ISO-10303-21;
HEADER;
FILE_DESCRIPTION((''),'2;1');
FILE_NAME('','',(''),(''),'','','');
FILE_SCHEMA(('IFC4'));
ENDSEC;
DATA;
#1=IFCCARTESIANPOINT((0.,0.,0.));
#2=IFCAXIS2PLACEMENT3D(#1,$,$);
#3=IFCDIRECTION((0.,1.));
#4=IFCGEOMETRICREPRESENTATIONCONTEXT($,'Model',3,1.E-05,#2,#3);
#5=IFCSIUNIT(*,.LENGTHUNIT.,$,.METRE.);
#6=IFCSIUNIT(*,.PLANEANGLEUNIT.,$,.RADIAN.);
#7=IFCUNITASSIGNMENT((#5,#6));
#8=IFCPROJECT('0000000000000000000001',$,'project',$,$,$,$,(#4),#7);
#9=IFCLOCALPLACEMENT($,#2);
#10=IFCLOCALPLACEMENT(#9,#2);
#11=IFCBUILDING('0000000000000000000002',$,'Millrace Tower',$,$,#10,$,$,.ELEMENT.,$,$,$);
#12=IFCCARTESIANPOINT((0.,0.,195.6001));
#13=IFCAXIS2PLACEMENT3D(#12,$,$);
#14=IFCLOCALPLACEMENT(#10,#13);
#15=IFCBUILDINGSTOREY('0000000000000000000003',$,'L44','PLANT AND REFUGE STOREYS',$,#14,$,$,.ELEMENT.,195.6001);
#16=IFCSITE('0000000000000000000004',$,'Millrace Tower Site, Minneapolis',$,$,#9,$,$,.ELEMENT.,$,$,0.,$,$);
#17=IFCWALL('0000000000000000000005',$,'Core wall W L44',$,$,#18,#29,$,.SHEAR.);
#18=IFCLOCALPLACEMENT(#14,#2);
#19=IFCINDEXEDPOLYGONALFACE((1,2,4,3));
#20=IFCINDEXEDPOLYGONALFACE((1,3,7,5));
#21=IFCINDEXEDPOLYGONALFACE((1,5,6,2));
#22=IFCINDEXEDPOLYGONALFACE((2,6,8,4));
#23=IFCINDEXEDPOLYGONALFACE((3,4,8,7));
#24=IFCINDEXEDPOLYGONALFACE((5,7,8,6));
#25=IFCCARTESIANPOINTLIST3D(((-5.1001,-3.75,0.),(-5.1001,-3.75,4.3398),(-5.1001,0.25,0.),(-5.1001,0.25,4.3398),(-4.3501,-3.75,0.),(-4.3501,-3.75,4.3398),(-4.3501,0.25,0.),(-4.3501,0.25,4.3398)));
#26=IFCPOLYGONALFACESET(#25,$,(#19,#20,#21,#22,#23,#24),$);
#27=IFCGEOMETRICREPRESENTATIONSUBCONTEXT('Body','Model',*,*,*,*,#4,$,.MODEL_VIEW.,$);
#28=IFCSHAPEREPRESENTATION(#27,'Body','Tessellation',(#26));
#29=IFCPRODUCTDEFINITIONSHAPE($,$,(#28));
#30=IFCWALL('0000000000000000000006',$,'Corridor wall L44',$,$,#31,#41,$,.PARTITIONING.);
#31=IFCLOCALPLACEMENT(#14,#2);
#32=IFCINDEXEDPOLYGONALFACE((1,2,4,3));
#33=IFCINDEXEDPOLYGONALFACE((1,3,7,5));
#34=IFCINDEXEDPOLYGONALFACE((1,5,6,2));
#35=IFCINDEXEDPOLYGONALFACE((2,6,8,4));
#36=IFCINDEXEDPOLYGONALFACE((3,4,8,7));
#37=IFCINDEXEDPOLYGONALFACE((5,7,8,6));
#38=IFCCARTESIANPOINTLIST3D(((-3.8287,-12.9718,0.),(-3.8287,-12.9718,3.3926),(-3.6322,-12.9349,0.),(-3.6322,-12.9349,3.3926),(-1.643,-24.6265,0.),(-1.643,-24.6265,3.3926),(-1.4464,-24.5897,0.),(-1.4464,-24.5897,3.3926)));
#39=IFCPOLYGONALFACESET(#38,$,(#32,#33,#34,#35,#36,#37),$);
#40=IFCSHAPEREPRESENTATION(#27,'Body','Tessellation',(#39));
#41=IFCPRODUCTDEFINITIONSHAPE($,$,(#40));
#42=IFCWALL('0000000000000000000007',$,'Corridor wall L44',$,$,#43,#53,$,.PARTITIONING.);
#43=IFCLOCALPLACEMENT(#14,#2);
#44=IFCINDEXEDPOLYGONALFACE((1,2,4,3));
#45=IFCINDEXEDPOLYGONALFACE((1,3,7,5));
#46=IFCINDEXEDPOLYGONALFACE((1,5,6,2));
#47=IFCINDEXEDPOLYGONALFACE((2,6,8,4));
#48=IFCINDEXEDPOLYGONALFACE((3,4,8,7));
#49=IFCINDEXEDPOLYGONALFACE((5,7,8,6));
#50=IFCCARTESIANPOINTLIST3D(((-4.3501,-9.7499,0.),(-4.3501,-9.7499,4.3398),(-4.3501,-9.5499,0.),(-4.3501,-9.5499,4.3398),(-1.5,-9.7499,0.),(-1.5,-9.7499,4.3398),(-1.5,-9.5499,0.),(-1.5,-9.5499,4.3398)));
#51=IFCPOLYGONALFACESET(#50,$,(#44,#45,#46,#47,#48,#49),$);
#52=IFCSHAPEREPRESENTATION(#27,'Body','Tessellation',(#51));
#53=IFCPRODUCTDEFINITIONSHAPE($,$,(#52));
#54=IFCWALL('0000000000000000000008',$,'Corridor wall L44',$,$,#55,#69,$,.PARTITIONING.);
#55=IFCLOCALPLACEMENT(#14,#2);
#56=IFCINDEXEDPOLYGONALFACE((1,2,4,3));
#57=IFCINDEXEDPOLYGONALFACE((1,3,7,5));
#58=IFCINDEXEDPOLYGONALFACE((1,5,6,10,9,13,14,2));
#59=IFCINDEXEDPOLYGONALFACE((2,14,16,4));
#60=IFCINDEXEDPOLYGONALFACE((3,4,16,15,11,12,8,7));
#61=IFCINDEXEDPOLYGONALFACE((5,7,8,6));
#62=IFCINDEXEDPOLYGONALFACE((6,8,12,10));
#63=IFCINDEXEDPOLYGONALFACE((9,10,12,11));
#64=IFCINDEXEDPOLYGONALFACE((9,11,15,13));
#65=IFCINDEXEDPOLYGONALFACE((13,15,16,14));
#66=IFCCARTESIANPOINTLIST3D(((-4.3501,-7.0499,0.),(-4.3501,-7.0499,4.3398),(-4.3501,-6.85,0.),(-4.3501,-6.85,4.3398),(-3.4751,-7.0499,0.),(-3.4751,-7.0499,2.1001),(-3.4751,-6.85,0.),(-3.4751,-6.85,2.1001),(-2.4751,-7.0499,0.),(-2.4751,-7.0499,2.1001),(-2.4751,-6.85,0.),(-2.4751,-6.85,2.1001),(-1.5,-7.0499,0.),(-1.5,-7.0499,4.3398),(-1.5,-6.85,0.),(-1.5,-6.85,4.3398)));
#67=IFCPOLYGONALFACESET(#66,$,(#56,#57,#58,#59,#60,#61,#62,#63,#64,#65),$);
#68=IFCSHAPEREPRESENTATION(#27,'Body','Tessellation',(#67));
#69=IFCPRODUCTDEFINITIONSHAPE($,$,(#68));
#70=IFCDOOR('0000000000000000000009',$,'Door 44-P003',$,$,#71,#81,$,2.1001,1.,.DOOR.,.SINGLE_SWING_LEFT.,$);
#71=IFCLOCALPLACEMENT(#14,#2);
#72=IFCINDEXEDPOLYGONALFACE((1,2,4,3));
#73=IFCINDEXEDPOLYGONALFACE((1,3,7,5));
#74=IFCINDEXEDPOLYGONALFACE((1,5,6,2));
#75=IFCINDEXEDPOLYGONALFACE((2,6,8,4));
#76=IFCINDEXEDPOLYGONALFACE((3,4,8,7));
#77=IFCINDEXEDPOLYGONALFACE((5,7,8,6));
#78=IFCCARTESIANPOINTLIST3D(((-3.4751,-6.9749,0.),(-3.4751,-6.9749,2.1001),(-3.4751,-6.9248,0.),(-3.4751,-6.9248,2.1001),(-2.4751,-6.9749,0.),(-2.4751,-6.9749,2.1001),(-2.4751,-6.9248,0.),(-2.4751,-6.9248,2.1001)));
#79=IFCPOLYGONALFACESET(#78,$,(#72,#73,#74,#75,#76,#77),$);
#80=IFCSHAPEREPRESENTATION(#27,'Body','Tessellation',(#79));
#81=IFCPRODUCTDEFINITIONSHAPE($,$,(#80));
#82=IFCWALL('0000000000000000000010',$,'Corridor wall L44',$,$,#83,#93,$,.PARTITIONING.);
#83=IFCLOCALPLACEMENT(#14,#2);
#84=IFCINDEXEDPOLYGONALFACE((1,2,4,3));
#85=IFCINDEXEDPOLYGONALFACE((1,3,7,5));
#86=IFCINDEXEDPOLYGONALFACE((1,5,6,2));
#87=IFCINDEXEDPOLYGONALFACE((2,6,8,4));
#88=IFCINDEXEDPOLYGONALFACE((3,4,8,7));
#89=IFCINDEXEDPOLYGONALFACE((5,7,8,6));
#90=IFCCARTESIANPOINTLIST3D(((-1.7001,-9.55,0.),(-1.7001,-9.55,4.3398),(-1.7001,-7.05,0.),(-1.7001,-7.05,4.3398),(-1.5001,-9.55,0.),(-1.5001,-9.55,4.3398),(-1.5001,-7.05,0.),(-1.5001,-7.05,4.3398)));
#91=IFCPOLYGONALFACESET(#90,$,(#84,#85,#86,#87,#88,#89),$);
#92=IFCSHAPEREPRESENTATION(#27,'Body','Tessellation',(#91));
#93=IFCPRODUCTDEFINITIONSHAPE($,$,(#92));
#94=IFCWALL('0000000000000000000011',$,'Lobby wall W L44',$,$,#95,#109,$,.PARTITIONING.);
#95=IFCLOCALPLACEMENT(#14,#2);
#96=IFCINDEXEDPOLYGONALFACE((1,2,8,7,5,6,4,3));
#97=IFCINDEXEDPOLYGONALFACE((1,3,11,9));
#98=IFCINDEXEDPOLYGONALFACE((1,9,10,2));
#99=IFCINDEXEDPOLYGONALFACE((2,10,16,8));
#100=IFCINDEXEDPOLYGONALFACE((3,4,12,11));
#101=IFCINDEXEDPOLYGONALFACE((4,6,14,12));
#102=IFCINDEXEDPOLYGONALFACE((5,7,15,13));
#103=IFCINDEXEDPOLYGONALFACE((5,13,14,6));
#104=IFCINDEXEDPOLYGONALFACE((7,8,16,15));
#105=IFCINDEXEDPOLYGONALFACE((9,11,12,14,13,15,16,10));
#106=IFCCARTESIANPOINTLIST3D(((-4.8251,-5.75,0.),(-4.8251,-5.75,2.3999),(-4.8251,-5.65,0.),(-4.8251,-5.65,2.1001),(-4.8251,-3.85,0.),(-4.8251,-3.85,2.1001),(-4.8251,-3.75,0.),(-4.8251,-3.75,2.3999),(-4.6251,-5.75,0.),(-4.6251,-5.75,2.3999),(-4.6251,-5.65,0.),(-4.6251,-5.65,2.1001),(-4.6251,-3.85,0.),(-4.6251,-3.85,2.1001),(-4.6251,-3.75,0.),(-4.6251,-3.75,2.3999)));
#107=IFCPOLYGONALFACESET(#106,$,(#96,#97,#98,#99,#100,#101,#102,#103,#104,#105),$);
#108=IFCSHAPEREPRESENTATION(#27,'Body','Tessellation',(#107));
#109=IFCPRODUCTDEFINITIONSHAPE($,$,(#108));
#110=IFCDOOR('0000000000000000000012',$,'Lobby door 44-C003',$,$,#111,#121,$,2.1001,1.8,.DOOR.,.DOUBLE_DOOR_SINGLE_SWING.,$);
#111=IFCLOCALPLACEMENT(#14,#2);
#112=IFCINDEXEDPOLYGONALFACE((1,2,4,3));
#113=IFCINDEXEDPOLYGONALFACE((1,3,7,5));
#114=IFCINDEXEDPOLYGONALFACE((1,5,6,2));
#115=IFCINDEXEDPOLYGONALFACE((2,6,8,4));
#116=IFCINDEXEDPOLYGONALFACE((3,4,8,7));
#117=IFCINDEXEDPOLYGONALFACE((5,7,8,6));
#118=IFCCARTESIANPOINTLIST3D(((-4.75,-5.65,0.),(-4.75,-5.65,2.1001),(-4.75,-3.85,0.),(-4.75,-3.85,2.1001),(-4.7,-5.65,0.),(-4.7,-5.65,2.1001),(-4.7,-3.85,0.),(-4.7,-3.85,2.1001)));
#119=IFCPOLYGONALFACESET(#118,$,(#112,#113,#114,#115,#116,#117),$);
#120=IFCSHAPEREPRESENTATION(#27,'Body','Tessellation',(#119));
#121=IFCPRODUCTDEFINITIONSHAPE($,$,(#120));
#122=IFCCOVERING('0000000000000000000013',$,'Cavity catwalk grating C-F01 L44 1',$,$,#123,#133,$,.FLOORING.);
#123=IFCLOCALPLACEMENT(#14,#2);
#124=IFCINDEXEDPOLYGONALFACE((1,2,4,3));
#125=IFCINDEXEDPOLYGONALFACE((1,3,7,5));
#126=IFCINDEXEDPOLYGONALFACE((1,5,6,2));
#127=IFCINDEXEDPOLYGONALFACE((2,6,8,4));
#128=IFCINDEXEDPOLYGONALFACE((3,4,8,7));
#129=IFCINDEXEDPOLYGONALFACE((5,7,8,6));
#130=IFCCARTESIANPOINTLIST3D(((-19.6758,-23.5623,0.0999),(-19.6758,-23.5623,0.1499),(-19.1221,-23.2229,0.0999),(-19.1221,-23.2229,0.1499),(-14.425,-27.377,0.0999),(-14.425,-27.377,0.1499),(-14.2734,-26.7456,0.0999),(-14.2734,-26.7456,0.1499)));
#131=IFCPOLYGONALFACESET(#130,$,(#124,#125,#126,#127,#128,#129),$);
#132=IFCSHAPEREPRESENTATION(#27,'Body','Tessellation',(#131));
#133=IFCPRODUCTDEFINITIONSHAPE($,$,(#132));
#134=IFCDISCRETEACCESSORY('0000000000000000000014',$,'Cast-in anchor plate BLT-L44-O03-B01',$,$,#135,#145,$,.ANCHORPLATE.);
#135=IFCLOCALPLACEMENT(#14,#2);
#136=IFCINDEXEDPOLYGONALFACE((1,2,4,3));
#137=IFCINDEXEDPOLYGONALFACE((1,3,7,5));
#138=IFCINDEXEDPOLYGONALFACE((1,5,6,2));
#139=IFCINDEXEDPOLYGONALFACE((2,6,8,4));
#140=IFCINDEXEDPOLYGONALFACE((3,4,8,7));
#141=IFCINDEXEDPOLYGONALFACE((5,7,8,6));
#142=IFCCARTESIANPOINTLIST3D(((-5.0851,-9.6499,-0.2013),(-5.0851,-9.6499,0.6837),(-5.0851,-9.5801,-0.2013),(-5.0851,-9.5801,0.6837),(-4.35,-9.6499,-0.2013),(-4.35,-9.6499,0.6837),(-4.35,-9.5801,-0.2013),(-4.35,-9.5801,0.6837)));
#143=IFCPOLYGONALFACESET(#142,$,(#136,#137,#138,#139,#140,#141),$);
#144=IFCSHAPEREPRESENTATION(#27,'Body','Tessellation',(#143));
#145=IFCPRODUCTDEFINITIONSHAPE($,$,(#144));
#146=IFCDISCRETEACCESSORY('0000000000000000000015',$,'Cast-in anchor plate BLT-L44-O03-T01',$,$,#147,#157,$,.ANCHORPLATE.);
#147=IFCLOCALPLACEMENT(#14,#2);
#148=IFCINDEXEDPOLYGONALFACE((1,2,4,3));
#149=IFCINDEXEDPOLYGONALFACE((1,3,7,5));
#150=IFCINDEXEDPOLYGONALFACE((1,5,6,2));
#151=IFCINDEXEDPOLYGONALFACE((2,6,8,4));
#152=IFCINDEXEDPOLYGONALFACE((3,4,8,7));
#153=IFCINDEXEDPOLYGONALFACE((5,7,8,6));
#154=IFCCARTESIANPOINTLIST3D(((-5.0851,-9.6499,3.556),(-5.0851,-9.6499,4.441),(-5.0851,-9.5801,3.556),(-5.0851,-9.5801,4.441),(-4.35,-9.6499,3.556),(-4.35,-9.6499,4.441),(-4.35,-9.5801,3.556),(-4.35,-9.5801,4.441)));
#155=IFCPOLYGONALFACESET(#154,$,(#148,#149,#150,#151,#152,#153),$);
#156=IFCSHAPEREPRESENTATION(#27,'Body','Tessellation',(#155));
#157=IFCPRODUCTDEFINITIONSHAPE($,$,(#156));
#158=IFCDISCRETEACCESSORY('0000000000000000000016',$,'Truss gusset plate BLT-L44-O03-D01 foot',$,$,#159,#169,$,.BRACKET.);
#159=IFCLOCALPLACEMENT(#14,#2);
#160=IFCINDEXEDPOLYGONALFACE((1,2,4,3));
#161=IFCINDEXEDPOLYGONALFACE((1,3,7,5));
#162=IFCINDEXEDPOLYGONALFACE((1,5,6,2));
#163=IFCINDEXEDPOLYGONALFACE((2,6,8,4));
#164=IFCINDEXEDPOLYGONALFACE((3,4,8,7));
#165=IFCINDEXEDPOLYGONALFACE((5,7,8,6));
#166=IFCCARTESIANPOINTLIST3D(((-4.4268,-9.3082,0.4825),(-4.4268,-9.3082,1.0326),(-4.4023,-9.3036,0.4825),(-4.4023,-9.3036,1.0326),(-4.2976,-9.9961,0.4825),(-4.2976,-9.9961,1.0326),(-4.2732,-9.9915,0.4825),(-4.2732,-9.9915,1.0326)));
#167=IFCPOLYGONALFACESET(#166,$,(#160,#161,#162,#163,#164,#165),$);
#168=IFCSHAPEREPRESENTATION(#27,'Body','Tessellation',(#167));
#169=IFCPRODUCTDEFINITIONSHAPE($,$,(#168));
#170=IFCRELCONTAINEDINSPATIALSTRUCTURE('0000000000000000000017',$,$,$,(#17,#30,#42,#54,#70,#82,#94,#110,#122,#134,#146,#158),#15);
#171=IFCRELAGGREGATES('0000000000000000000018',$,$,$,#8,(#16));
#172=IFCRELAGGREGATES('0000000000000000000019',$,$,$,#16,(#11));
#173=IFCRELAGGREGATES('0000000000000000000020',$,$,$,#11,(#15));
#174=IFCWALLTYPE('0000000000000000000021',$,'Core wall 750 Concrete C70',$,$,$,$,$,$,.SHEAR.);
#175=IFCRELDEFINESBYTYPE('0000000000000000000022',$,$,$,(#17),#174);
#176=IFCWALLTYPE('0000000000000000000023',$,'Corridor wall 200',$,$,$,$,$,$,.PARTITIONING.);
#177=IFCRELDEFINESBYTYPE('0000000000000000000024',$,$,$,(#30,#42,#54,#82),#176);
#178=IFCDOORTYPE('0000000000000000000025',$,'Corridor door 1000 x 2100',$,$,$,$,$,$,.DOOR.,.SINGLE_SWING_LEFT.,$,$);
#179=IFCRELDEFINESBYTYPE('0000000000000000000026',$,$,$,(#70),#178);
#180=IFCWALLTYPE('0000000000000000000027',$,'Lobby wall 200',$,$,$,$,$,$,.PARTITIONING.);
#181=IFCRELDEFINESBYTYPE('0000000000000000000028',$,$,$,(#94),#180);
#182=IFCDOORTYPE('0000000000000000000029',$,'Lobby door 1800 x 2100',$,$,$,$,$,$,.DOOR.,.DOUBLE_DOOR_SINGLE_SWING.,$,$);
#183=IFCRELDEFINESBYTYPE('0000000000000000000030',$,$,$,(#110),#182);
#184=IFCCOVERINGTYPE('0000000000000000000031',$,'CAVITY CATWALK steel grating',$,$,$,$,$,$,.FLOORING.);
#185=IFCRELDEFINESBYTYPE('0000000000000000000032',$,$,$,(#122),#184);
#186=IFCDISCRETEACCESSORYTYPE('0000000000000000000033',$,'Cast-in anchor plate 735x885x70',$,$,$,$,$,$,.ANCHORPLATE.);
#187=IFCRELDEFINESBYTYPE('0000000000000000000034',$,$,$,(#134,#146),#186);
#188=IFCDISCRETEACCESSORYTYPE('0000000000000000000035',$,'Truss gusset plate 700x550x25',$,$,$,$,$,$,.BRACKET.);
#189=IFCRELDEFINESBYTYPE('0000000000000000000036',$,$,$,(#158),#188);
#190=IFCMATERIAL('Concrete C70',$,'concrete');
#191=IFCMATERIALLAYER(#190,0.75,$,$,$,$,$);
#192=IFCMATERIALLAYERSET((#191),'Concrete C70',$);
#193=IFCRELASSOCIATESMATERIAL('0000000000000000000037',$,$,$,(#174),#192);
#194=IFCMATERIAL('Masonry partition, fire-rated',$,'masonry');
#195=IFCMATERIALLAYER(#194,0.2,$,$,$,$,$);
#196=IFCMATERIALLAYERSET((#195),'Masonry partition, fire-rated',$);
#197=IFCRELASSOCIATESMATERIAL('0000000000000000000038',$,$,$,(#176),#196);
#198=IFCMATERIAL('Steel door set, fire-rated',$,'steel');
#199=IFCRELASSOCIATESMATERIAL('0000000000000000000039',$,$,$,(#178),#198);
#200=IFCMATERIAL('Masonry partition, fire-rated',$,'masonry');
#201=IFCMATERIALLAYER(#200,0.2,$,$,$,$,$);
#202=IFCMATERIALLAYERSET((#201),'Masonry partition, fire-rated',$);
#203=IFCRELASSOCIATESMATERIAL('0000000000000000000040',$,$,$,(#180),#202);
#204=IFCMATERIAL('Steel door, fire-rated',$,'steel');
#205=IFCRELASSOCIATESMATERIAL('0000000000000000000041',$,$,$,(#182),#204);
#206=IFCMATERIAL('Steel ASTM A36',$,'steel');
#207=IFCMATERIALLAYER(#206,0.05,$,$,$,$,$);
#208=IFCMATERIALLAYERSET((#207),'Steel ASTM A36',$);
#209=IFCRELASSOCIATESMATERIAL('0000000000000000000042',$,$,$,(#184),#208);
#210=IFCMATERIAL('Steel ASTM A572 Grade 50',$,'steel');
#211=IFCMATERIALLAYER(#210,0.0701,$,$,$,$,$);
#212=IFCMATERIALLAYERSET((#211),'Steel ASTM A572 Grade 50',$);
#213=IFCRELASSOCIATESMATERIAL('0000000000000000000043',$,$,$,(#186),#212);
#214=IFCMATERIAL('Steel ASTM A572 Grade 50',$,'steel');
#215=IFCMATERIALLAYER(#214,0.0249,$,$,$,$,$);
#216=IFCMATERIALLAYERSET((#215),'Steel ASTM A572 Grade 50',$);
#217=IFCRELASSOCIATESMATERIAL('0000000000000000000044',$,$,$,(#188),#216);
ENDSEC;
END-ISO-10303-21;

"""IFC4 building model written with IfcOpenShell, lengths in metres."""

from ifc_helpers import new_model, si_unit, direction, frame, frame_2d, origin, origin_2d, place, context, subcontext, project, spatial, polyline, rectangle, outline, extrude, material, layer, layer_set, type_object, element, fill, save


model = new_model("IFC4")

# Units and contexts
model_context = context("Model", 3, precision=1e-05, world=origin(), true_north=direction((0.0, 1.0)))
body_context = subcontext(model_context, "Body", "Model", "MODEL_VIEW")
ifc_project = project(units=[si_unit("LENGTHUNIT", "METRE"), si_unit("PLANEANGLEUNIT", "RADIAN")], contexts=[model_context])

# Site, building, storey
site_placement = place(None, origin())
site = spatial("IfcSite", under=ifc_project, at=site_placement, Name="Millrace Tower Site, Minneapolis", CompositionType="ELEMENT", RefElevation=0.0)
building_placement = place(site_placement, origin())
building = spatial("IfcBuilding", under=site, at=building_placement, Name="Millrace Tower", CompositionType="ELEMENT")
storey_placement = place(building_placement, frame((0.0, 0.0, 195.6001)))
storey = spatial("IfcBuildingStorey", under=building, at=storey_placement, Name="L44", Description="PLANT AND REFUGE STOREYS", CompositionType="ELEMENT", Elevation=195.6001)

# Walls
ifc_material_1 = material(Name="Concrete C70", Category="concrete")
ifc_layer_1 = layer(ifc_material_1, 0.75)
ifc_layer_set_1 = layer_set([ifc_layer_1], Name="Concrete C70")
wall_type_1 = type_object("IfcWallType", Name="Core wall 750 Concrete C70", PredefinedType="SHEAR", material=ifc_layer_set_1)
wall_1_placement = place(storey_placement, frame((-4.7251, -3.75, 0.0), z_axis=(0.0, 0.0, 1.0), x_axis=(0.0, 1.0, 0.0)))
element("IfcWall", 1, at=wall_1_placement, inside=storey, type_object=wall_type_1, Name="Core wall W L44", PredefinedType="SHEAR", context=body_context, shape_type="SweptSolid", body=[
    extrude(rectangle(XDim=4.0, YDim=0.75, at=frame_2d((2.0, 0.0))), origin(), (0.0, 0.0, 1.0), 4.3398),
])
ifc_material_2 = material(Name="Masonry partition, fire-rated", Category="masonry")
ifc_layer_2 = layer(ifc_material_2, 0.2)
ifc_layer_set_2 = layer_set([ifc_layer_2], Name="Masonry partition, fire-rated")
wall_type_2 = type_object("IfcWallType", Name="Corridor wall 200", PredefinedType="PARTITIONING", material=ifc_layer_set_2)
wall_2_placement = place(storey_placement, frame((-3.7305, -12.9534, 0.0), z_axis=(0.0, 0.0, 1.0), x_axis=(0.184331, -0.982864, 0.0)))
element("IfcWall", 2, at=wall_2_placement, inside=storey, type_object=wall_type_2, Name="Corridor wall L44", PredefinedType="PARTITIONING", context=body_context, shape_type="SweptSolid", body=[
    extrude(rectangle(XDim=11.8579, YDim=0.2, at=frame_2d((5.929, 0.0))), origin(), (0.0, 0.0, 1.0), 3.3926),
])
wall_3_placement = place(storey_placement, frame((-4.3501, -9.6499, 0.0), z_axis=(0.0, 0.0, 1.0), x_axis=(1.0, 0.0, 0.0)))
element("IfcWall", 3, at=wall_3_placement, inside=storey, type_object=wall_type_2, Name="Corridor wall L44", PredefinedType="PARTITIONING", context=body_context, shape_type="SweptSolid", body=[
    extrude(rectangle(XDim=2.8501, YDim=0.2, at=frame_2d((1.425, 0.0))), origin(), (0.0, 0.0, 1.0), 4.3398),
])

# Wall, opening, door
wall_4_placement = place(storey_placement, frame((-4.3501, -6.95, 0.0), z_axis=(0.0, 0.0, 1.0), x_axis=(1.0, 0.0, 0.0)))
wall_4 = element("IfcWall", 4, at=wall_4_placement, inside=storey, type_object=wall_type_2, Name="Corridor wall L44", PredefinedType="PARTITIONING", context=body_context, shape_type="SweptSolid", body=[
    extrude(rectangle(XDim=2.8501, YDim=0.2, at=frame_2d((1.425, 0.0))), origin(), (0.0, 0.0, 1.0), 4.3398),
])
opening_1_placement = place(wall_4_placement, frame((0.875, 0.0, 0.0)))
opening_1 = element("IfcOpeningElement", 5, at=opening_1_placement, cuts=wall_4, PredefinedType="OPENING", context=body_context, shape_type="SweptSolid", body=[
    extrude(rectangle(XDim=1.0, YDim=2.1001, at=frame_2d((0.5, 1.05))), frame((0.0, 0.1099, 0.0), z_axis=(0.0, -1.0, 0.0), x_axis=(1.0, 0.0, 0.0)), (0.0, 0.0, 1.0), 0.22),
])
ifc_material_3 = material(Name="Steel door set, fire-rated", Category="steel")
door_type_1 = type_object("IfcDoorType", Name="Corridor door 1000 x 2100", OperationType="SINGLE_SWING_LEFT", PredefinedType="DOOR", material=ifc_material_3)
door_1_placement = place(opening_1_placement, frame((1.0, 0.0, 0.0), z_axis=(0.0, 0.0, 1.0), x_axis=(-1.0, 0.0, 0.0)))
door_1 = element("IfcDoor", 6, at=door_1_placement, inside=storey, type_object=door_type_1, Name="Door 44-P003", OperationType="SINGLE_SWING_LEFT", OverallHeight=2.1001, OverallWidth=1.0, PredefinedType="DOOR", context=body_context, shape_type="SweptSolid", body=[
    extrude(rectangle(XDim=1.0, YDim=2.1001, at=frame_2d((0.5, 1.05))), frame((0.0, 0.0249, 0.0), z_axis=(0.0, -1.0, 0.0), x_axis=(1.0, 0.0, 0.0)), (0.0, 0.0, 1.0), 0.05),
])
fill(opening_1, door_1)

# Wall
wall_5_placement = place(storey_placement, frame((-1.6001, -9.55, 0.0), z_axis=(0.0, 0.0, 1.0), x_axis=(0.0, 1.0, 0.0)))
element("IfcWall", 7, at=wall_5_placement, inside=storey, type_object=wall_type_2, Name="Corridor wall L44", PredefinedType="PARTITIONING", context=body_context, shape_type="SweptSolid", body=[
    extrude(rectangle(XDim=2.5, YDim=0.2, at=frame_2d((1.25, 0.0))), origin(), (0.0, 0.0, 1.0), 4.3398),
])

# Wall, opening, door
ifc_material_4 = material(Name="Masonry partition, fire-rated", Category="masonry")
ifc_layer_3 = layer(ifc_material_4, 0.2)
ifc_layer_set_3 = layer_set([ifc_layer_3], Name="Masonry partition, fire-rated")
wall_type_3 = type_object("IfcWallType", Name="Lobby wall 200", PredefinedType="PARTITIONING", material=ifc_layer_set_3)
wall_6_placement = place(storey_placement, frame((-4.7251, -5.75, 0.0), z_axis=(0.0, 0.0, 1.0), x_axis=(0.0, 1.0, 0.0)))
wall_6 = element("IfcWall", 8, at=wall_6_placement, inside=storey, type_object=wall_type_3, Name="Lobby wall W L44", PredefinedType="PARTITIONING", context=body_context, shape_type="SweptSolid", body=[
    extrude(rectangle(XDim=2.0, YDim=0.2, at=frame_2d((1.0, 0.0))), origin(), (0.0, 0.0, 1.0), 2.3999),
])
opening_2_placement = place(wall_6_placement, frame((0.1001, 0.0, 0.0)))
opening_2 = element("IfcOpeningElement", 9, at=opening_2_placement, cuts=wall_6, PredefinedType="OPENING", context=body_context, shape_type="SweptSolid", body=[
    extrude(rectangle(XDim=1.8, YDim=2.1001, at=frame_2d((0.8999, 1.05))), frame((0.0, 0.1099, 0.0), z_axis=(0.0, -1.0, 0.0), x_axis=(1.0, 0.0, 0.0)), (0.0, 0.0, 1.0), 0.22),
])
ifc_material_5 = material(Name="Steel door, fire-rated", Category="steel")
door_type_2 = type_object("IfcDoorType", Name="Lobby door 1800 x 2100", OperationType="DOUBLE_DOOR_SINGLE_SWING", PredefinedType="DOOR", material=ifc_material_5)
door_2_placement = place(opening_2_placement, origin())
door_2 = element("IfcDoor", 10, at=door_2_placement, inside=storey, type_object=door_type_2, Name="Lobby door 44-C003", OperationType="DOUBLE_DOOR_SINGLE_SWING", OverallHeight=2.1001, OverallWidth=1.8, PredefinedType="DOOR", context=body_context, shape_type="SweptSolid", body=[
    extrude(rectangle(XDim=1.8, YDim=2.1001, at=frame_2d((0.8999, 1.05))), frame((0.0, 0.0249, 0.0), z_axis=(0.0, -1.0, 0.0), x_axis=(1.0, 0.0, 0.0)), (0.0, 0.0, 1.0), 0.05),
])
fill(opening_2, door_2)

# Covering
ifc_material_6 = material(Name="Steel ASTM A36", Category="steel")
ifc_layer_4 = layer(ifc_material_6, 0.05)
ifc_layer_set_4 = layer_set([ifc_layer_4], Name="Steel ASTM A36")
covering_type = type_object("IfcCoveringType", Name="CAVITY CATWALK steel grating", PredefinedType="FLOORING", material=ifc_layer_set_4)
covering_placement = place(storey_placement, frame((0.0, 0.0, 0.0999)))
element("IfcCovering", 11, at=covering_placement, inside=storey, type_object=covering_type, Name="Cavity catwalk grating C-F01 L44 1", PredefinedType="FLOORING", context=body_context, shape_type="SweptSolid", body=[
    extrude(outline(polyline([(-19.6758, -23.5623), (-14.425, -27.377), (-14.2734, -26.7456), (-19.1221, -23.2229), (-19.6758, -23.5623)])), origin(), (0.0, 0.0, 1.0), 0.05),
])

# Discrete accessories
ifc_material_7 = material(Name="Steel ASTM A572 Grade 50", Category="steel")
ifc_layer_5 = layer(ifc_material_7, 0.0701)
ifc_layer_set_5 = layer_set([ifc_layer_5], Name="Steel ASTM A572 Grade 50")
discrete_accessory_type_1 = type_object("IfcDiscreteAccessoryType", Name="Cast-in anchor plate 735x885x70", PredefinedType="ANCHORPLATE", material=ifc_layer_set_5)
for number, where, z_axis, x_axis, name in (
    (12, (-4.7175, -9.5801, 0.2412), (0.0, -1.0, 0.0), (1.0, 0.0, 0.0), "Cast-in anchor plate BLT-L44-O03-B01"),
    (13, (-4.7175, -9.5801, 3.9985), (0.0, -1.0, 0.0), (1.0, 0.0, 0.0), "Cast-in anchor plate BLT-L44-O03-T01"),
):
    element("IfcDiscreteAccessory", number, at=place(storey_placement, frame(where, z_axis=z_axis, x_axis=x_axis)), inside=storey, type_object=discrete_accessory_type_1, Name=name, PredefinedType="ANCHORPLATE", context=body_context, shape_type="SweptSolid", body=[
        extrude(rectangle(XDim=0.7351, YDim=0.885, at=origin_2d()), origin(), (0.0, 0.0, 1.0), 0.0698),
    ])
ifc_material_8 = material(Name="Steel ASTM A572 Grade 50", Category="steel")
ifc_layer_6 = layer(ifc_material_8, 0.0249)
ifc_layer_set_6 = layer_set([ifc_layer_6], Name="Steel ASTM A572 Grade 50")
discrete_accessory_type_2 = type_object("IfcDiscreteAccessoryType", Name="Truss gusset plate 700x550x25", PredefinedType="BRACKET", material=ifc_layer_set_6)
for number, where, z_axis, x_axis, name in (
    (14, (-4.4146, -9.3059, 0.7576), (0.184499, -0.982833, 0.0), (0.982833, 0.184499, 0.0), "Truss gusset plate BLT-L44-O03-D01 foot"),
):
    element("IfcDiscreteAccessory", number, at=place(storey_placement, frame(where, z_axis=z_axis, x_axis=x_axis)), inside=storey, type_object=discrete_accessory_type_2, Name=name, PredefinedType="BRACKET", context=body_context, shape_type="SweptSolid", body=[
        extrude(rectangle(XDim=0.0249, YDim=0.55, at=origin_2d()), origin(), (0.0, 0.0, 1.0), 0.7),
    ])

save(model, "model.ifc")
